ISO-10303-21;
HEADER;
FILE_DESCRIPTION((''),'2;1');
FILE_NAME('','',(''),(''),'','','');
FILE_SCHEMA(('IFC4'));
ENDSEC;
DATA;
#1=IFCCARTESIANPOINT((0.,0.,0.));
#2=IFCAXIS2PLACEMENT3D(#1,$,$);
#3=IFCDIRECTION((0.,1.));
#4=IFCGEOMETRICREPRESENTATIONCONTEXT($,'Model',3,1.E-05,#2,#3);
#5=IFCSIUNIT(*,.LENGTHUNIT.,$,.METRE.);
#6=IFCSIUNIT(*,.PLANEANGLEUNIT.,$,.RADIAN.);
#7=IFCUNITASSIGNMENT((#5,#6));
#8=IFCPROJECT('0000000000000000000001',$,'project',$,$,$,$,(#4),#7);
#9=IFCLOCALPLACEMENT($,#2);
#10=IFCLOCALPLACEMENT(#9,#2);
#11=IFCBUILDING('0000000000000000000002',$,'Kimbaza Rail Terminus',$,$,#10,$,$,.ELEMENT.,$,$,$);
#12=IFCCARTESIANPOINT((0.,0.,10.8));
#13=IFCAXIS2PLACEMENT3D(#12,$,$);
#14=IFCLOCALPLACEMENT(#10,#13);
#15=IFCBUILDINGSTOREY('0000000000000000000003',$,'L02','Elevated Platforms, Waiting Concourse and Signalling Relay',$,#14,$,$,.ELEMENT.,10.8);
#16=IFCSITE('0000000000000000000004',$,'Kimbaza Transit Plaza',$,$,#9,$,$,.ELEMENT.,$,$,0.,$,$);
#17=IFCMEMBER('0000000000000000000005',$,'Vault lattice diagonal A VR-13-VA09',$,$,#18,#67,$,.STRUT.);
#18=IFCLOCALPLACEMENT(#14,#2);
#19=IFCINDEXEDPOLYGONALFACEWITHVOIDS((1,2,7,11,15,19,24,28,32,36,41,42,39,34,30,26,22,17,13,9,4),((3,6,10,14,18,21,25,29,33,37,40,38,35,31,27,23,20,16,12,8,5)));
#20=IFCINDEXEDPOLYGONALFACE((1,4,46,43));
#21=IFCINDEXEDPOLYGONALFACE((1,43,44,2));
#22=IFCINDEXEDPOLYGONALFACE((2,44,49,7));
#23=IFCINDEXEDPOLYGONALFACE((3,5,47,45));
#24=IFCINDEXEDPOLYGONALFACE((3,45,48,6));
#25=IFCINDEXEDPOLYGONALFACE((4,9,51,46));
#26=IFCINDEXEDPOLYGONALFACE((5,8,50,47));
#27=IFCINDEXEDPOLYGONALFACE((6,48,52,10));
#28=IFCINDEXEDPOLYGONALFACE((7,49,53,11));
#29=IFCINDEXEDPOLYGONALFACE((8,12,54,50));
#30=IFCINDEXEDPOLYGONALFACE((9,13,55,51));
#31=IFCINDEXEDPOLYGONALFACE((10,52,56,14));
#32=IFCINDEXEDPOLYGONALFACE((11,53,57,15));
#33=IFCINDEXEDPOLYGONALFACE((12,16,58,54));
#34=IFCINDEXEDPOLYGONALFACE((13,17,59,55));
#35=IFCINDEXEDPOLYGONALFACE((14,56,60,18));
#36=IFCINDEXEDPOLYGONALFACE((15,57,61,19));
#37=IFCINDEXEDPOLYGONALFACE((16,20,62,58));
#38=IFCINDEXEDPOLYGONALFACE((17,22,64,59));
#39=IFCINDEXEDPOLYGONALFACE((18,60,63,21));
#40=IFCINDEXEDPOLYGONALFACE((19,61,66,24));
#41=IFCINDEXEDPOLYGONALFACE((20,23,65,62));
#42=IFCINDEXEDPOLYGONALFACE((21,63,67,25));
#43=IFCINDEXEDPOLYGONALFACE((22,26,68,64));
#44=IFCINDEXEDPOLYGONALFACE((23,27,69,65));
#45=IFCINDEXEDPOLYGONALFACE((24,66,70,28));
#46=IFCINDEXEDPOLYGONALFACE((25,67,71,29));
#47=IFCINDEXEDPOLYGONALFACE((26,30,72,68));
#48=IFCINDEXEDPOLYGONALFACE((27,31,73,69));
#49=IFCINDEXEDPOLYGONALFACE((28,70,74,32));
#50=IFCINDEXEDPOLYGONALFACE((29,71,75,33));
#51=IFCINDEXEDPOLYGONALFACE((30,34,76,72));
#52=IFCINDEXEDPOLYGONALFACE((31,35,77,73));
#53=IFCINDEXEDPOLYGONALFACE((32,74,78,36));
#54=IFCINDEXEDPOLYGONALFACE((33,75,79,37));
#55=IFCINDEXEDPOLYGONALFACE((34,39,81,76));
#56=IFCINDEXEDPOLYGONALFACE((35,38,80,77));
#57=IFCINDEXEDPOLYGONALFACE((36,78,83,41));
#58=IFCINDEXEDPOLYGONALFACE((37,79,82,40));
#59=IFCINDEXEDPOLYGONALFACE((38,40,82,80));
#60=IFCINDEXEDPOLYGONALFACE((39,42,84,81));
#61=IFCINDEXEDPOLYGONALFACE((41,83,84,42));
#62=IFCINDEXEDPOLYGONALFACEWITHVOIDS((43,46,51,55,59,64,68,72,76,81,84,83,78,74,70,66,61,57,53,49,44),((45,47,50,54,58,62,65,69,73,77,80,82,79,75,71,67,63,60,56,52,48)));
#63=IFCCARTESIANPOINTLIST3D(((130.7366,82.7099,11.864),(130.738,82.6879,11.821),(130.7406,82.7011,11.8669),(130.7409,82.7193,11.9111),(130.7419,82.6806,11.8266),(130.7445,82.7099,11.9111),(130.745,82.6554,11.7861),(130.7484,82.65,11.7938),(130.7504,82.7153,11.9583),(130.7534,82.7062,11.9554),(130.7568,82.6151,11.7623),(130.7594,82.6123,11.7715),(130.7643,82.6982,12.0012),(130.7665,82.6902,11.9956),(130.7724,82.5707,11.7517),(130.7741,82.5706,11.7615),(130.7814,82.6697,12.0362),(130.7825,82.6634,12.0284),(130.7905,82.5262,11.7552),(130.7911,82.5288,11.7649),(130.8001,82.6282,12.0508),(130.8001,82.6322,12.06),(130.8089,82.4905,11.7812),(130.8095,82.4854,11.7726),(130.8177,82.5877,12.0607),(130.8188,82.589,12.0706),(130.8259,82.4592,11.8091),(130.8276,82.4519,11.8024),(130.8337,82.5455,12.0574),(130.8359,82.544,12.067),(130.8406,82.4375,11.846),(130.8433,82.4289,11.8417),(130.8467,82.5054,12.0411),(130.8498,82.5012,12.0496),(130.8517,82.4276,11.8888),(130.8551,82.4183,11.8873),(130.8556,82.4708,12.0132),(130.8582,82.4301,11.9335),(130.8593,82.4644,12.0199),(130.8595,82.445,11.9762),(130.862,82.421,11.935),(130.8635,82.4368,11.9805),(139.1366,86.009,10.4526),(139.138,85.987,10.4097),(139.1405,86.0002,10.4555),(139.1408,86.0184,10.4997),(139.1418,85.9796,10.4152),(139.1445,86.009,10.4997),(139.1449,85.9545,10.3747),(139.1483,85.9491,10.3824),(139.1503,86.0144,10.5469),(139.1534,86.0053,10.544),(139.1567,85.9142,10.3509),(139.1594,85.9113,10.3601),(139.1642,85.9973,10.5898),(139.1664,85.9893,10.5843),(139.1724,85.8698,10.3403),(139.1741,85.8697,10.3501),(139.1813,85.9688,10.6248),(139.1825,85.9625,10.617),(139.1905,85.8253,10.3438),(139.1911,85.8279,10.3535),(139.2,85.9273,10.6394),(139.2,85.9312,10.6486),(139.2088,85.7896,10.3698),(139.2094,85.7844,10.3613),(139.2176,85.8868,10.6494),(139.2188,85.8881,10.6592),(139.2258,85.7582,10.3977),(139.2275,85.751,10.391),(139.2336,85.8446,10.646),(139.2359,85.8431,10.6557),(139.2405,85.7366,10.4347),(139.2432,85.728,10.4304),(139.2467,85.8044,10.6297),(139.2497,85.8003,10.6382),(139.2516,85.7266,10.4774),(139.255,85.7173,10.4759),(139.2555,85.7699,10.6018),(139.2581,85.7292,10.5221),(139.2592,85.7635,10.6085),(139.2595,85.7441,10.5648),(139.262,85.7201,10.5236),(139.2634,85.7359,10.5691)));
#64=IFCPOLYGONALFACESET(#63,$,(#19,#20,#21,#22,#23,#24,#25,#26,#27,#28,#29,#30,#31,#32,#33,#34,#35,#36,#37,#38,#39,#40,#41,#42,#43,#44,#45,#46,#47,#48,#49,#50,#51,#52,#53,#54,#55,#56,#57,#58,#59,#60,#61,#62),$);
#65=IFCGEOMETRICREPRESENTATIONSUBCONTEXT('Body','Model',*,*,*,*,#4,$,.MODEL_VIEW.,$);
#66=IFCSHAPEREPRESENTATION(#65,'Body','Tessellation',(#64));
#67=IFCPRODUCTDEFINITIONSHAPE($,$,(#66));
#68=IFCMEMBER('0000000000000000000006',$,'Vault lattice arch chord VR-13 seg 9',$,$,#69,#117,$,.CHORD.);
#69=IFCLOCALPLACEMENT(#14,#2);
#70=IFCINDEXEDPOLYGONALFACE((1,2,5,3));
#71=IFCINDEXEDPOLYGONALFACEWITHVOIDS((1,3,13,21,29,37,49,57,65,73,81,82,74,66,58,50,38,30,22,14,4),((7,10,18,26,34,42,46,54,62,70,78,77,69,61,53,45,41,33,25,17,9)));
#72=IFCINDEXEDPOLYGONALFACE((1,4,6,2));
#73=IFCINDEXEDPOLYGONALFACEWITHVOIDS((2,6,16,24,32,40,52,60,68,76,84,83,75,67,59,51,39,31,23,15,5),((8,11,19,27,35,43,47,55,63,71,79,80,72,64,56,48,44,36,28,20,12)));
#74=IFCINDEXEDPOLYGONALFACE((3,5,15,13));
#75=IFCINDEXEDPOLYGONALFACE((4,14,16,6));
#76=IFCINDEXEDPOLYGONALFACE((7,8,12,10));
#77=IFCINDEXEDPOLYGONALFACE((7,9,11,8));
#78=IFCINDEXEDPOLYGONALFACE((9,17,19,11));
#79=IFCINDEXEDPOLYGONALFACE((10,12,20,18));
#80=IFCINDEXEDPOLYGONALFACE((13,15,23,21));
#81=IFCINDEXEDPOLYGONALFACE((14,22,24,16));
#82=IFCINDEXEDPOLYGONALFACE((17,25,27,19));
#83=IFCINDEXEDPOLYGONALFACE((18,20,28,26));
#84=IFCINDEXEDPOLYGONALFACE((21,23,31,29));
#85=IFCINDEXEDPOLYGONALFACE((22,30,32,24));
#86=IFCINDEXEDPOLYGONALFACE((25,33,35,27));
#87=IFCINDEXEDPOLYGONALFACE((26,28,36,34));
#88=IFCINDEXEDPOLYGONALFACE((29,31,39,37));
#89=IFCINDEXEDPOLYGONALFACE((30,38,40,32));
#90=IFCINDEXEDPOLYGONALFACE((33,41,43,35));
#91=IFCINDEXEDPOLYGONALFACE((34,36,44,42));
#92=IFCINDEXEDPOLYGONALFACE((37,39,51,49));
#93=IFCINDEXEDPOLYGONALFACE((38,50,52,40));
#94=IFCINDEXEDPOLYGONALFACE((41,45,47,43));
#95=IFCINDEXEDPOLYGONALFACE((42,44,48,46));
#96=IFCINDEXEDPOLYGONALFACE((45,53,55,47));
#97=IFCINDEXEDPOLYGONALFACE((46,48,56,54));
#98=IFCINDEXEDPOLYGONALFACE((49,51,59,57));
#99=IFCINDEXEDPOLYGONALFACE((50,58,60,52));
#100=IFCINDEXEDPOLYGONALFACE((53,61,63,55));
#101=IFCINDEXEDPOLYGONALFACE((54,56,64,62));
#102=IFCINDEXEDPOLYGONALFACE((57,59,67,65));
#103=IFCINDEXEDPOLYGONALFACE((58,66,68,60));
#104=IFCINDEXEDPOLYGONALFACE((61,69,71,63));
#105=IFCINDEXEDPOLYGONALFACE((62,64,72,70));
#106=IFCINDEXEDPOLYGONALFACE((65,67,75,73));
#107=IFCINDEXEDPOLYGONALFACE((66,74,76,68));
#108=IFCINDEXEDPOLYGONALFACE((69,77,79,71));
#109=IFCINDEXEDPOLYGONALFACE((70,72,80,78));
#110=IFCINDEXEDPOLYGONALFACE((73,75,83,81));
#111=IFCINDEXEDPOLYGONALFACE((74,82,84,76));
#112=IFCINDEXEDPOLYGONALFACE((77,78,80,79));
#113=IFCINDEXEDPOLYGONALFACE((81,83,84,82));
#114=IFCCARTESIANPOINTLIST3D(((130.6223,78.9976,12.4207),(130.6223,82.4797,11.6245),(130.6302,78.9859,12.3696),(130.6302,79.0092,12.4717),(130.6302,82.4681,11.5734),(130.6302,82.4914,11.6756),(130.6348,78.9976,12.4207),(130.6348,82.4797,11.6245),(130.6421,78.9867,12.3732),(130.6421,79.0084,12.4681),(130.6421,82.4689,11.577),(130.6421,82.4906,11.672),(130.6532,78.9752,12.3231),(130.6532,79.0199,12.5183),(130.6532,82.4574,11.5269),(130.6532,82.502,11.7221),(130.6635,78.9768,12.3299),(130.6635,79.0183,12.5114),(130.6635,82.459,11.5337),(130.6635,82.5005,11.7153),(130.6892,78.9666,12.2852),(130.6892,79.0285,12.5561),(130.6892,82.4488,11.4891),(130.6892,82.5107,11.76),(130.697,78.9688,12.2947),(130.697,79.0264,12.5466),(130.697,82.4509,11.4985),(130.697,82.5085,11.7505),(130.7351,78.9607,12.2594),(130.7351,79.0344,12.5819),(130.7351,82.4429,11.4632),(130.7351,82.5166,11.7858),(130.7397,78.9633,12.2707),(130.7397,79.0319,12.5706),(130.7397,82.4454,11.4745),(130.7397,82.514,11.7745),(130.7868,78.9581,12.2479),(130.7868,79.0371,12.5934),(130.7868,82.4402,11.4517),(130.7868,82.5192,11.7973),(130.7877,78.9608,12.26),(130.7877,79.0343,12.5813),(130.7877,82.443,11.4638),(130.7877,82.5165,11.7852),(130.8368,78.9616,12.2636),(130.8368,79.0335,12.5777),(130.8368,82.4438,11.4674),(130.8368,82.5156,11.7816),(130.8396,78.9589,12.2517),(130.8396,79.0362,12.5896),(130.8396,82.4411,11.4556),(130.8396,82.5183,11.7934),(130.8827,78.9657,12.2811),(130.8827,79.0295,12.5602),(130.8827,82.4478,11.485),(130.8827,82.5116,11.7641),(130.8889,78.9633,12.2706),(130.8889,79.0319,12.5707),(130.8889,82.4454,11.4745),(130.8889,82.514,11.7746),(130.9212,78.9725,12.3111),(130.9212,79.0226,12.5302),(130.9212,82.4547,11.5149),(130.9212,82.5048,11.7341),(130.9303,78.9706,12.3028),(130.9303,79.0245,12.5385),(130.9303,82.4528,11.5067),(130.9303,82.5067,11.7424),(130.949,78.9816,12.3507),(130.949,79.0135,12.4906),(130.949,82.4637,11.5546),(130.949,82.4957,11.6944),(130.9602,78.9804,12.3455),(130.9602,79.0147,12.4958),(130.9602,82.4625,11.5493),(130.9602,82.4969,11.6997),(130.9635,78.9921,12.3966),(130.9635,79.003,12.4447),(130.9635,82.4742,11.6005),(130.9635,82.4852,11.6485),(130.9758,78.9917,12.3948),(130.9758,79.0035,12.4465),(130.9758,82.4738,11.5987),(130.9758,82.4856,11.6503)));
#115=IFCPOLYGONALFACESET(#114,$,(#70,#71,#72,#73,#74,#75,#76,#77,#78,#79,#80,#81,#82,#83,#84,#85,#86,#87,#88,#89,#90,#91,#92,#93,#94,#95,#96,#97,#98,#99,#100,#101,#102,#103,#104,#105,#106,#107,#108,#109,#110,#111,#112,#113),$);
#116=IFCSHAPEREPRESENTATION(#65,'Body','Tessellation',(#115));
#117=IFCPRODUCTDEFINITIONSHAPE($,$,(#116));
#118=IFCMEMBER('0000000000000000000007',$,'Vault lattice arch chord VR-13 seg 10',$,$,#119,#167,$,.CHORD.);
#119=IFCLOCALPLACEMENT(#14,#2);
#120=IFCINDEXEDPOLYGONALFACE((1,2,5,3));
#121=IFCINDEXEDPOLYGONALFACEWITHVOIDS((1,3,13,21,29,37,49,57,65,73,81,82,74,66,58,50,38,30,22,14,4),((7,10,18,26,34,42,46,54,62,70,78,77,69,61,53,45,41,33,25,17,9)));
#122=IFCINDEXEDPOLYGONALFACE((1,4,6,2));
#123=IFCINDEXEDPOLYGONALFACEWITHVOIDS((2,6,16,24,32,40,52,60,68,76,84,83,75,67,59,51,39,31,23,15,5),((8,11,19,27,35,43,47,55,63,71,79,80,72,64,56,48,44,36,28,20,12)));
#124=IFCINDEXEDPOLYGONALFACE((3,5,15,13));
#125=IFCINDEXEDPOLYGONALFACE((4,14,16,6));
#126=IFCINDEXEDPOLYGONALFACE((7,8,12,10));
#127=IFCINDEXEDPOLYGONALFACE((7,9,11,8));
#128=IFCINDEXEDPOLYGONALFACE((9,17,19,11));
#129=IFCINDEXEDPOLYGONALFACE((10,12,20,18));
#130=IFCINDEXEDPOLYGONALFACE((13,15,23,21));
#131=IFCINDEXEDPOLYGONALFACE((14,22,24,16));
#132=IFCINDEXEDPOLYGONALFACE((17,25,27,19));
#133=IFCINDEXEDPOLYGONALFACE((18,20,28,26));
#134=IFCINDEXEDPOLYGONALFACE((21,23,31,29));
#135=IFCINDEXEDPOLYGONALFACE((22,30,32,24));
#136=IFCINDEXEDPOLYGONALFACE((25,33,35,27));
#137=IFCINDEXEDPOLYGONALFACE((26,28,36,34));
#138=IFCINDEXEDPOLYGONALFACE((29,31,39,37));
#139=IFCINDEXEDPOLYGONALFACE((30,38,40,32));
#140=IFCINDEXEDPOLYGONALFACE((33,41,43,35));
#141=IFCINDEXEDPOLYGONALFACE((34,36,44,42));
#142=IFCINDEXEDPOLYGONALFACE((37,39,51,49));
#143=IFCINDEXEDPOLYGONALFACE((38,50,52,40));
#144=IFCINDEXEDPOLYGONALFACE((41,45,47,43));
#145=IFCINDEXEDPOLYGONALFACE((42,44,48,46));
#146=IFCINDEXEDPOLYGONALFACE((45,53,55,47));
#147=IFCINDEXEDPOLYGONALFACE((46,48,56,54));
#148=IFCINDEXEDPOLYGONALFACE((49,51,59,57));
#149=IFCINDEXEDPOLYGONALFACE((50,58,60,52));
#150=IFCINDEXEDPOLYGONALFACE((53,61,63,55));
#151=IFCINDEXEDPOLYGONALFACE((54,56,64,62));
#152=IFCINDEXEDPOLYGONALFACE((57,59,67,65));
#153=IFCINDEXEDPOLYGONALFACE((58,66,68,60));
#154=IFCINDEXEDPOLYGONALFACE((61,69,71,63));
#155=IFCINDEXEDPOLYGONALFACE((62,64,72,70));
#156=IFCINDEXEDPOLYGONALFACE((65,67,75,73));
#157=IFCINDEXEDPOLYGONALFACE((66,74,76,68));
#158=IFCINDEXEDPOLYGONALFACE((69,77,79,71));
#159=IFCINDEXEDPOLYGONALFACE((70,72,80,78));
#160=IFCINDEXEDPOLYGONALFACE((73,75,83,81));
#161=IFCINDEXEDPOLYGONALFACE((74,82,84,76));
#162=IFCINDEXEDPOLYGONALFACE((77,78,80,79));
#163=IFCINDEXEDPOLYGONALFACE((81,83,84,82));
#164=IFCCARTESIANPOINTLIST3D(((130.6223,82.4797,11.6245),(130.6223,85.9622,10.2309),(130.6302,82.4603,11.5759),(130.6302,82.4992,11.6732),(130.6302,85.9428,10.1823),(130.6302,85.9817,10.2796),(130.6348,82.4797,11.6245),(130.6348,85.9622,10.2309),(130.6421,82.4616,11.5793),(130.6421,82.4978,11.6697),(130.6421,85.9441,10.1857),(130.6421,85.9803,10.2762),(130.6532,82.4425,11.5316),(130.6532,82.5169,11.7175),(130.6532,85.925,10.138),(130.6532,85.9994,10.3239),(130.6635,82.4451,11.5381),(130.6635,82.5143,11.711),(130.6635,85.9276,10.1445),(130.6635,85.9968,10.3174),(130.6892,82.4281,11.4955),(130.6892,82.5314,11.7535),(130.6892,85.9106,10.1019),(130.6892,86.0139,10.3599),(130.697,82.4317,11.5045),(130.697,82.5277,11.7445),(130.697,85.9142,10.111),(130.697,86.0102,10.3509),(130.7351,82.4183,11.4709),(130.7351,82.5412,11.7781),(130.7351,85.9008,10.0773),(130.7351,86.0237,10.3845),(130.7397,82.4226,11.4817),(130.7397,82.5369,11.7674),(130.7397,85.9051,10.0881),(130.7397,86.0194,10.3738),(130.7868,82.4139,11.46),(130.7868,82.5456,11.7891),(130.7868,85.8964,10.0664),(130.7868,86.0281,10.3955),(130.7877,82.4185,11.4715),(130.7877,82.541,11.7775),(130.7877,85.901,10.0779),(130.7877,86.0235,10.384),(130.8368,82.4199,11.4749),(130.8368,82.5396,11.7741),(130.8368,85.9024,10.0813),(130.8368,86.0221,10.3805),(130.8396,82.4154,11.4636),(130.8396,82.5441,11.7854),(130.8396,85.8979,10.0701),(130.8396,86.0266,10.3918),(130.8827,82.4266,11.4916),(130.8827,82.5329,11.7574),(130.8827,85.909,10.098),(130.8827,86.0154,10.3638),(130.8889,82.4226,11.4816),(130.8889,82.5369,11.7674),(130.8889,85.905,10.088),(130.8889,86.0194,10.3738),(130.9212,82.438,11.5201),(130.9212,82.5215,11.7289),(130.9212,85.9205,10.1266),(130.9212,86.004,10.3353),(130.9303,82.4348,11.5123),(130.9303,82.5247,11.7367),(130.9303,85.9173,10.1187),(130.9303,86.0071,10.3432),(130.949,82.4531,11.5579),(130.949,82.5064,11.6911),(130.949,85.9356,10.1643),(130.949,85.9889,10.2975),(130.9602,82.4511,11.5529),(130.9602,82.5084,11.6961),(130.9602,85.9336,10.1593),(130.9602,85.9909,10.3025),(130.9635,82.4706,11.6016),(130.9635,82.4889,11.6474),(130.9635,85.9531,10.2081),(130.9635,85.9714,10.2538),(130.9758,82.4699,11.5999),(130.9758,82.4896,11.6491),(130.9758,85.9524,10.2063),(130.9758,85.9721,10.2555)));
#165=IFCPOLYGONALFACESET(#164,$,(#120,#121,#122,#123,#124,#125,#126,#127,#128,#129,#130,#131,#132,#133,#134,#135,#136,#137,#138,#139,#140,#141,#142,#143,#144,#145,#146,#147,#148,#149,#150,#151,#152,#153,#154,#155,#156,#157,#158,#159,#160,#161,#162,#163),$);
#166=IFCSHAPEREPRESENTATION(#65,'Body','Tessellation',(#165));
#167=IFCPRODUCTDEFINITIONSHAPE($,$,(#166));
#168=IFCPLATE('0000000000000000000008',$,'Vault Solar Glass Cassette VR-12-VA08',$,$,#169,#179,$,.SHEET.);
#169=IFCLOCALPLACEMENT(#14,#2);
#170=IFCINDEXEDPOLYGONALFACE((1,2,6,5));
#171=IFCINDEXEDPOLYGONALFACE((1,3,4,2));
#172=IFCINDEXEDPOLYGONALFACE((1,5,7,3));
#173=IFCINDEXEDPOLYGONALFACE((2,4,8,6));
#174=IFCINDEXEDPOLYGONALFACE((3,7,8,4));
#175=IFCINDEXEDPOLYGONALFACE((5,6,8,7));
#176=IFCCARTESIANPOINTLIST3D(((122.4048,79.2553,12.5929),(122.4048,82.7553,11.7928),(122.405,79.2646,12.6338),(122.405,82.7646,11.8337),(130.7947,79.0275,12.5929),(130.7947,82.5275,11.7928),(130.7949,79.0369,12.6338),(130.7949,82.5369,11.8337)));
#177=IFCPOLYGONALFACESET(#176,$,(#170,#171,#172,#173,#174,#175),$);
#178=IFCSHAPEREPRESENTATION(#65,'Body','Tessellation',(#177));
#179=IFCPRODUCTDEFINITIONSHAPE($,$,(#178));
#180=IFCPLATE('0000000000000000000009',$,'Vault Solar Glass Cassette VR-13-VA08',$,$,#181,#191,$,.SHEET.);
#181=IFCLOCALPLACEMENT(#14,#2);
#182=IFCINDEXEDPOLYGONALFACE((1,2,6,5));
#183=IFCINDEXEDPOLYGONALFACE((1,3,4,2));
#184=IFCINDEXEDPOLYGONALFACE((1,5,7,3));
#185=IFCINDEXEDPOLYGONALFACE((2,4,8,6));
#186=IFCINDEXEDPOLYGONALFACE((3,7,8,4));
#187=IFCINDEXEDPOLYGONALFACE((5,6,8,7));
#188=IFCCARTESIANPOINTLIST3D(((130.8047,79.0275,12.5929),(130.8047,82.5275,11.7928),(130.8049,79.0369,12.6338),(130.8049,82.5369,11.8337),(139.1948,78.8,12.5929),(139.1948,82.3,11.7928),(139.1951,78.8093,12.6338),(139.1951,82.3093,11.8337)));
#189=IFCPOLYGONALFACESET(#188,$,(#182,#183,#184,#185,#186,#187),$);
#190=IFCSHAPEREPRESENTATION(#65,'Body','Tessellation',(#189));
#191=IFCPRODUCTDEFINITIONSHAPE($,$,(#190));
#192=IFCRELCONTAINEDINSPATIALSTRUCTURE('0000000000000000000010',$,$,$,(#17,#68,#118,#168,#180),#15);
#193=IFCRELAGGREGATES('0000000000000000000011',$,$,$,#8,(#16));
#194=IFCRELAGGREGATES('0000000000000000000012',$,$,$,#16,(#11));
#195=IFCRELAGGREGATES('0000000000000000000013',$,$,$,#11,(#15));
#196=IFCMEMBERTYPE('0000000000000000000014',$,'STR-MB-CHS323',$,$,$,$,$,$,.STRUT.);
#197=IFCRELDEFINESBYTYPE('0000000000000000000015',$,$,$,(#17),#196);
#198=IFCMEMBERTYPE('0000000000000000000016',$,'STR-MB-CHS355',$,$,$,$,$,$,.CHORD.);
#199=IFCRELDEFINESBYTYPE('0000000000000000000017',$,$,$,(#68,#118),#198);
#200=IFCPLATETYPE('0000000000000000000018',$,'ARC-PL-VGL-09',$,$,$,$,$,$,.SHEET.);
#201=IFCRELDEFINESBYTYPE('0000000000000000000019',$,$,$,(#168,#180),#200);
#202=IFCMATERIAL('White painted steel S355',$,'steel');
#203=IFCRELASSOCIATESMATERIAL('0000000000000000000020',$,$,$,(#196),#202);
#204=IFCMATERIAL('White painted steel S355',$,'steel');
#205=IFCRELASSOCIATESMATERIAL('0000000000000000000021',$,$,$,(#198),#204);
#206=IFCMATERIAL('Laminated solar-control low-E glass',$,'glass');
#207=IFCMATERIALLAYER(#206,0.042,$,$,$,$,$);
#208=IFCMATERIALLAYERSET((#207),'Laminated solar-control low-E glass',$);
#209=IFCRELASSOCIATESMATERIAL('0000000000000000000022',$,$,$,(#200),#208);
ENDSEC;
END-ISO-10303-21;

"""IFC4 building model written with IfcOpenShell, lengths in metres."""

from ifc_helpers import new_model, si_unit, direction, frame, origin, origin_2d, place, context, subcontext, project, spatial, polyline, hollow_circle, outline, extrude, material, layer, layer_set, material_profile, profile_set, type_object, element, save


model = new_model("IFC4")

# Units and contexts
model_context = context("Model", 3, precision=1e-05, world=origin(), true_north=direction((0.0, 1.0)))
body_context = subcontext(model_context, "Body", "Model", "MODEL_VIEW")
ifc_project = project(units=[si_unit("LENGTHUNIT", "METRE"), si_unit("PLANEANGLEUNIT", "RADIAN")], contexts=[model_context])

# Site, building, storey
site_placement = place(None, origin())
site = spatial("IfcSite", under=ifc_project, at=site_placement, Name="Kimbaza Transit Plaza", CompositionType="ELEMENT", RefElevation=0.0)
building_placement = place(site_placement, origin())
building = spatial("IfcBuilding", under=site, at=building_placement, Name="Kimbaza Rail Terminus", CompositionType="ELEMENT")
storey_placement = place(building_placement, frame((0.0, 0.0, 10.8)))
storey = spatial("IfcBuildingStorey", under=building, at=storey_placement, Name="L02", Description="Elevated Platforms, Waiting Concourse and Signalling Relay", CompositionType="ELEMENT", Elevation=10.8)

# Members
ifc_material_1 = material(Name="White painted steel S355", Category="steel")
ifc_material_profile_1 = material_profile(ifc_material_1, hollow_circle(Radius=0.1619, WallThickness=0.01, at=origin_2d()), Name="CHS 323.9x10")
ifc_profile_set_1 = profile_set([ifc_material_profile_1], Name="White painted steel S355")
member_type_1 = type_object("IfcMemberType", Name="STR-MB-CHS323", PredefinedType="STRUT", material=ifc_profile_set_1)
member_1_placement = place(storey_placement, frame((130.8, 82.5686, 11.9111), z_axis=(0.919607, 0.361177, -0.154515), x_axis=(-0.365567, 0.930785, 0.0)))
element("IfcMember", 1, at=member_1_placement, inside=storey, type_object=member_type_1, Name="Vault lattice diagonal A VR-13-VA09", PredefinedType="STRUT", context=body_context, shape_type="SweptSolid", body=[
    extrude(hollow_circle(Radius=0.1619, WallThickness=0.01, at=origin_2d()), origin(), (0.0, 0.0, 1.0), 9.1343),
])
ifc_material_2 = material(Name="White painted steel S355", Category="steel")
ifc_material_profile_2 = material_profile(ifc_material_2, hollow_circle(Radius=0.1777, WallThickness=0.0125, at=origin_2d()), Name="CHS 355.6x12.5")
ifc_profile_set_2 = profile_set([ifc_material_profile_2], Name="White painted steel S355")
member_type_2 = type_object("IfcMemberType", Name="STR-MB-CHS355", PredefinedType="CHORD", material=ifc_profile_set_2)
member_2_placement = place(storey_placement, frame((130.8, 78.9976, 12.4207), z_axis=(0.0, 0.974845, -0.222882), x_axis=(-1.0, 0.0, 0.0)))
element("IfcMember", 2, at=member_2_placement, inside=storey, type_object=member_type_2, Name="Vault lattice arch chord VR-13 seg 9", PredefinedType="CHORD", context=body_context, shape_type="SweptSolid", body=[
    extrude(hollow_circle(Radius=0.1777, WallThickness=0.0125, at=origin_2d()), origin(), (0.0, 0.0, 1.0), 3.572),
])
member_3_placement = place(storey_placement, frame((130.8, 82.4797, 11.6245), z_axis=(0.0, 0.928423, -0.371525), x_axis=(-1.0, 0.0, 0.0)))
element("IfcMember", 3, at=member_3_placement, inside=storey, type_object=member_type_2, Name="Vault lattice arch chord VR-13 seg 10", PredefinedType="CHORD", context=body_context, shape_type="SweptSolid", body=[
    extrude(hollow_circle(Radius=0.1777, WallThickness=0.0125, at=origin_2d()), origin(), (0.0, 0.0, 1.0), 3.751),
])

# Plates
ifc_material_3 = material(Name="Laminated solar-control low-E glass", Category="glass")
ifc_layer_1 = layer(ifc_material_3, 0.042)
ifc_layer_set_1 = layer_set([ifc_layer_1], Name="Laminated solar-control low-E glass")
plate_type_1 = type_object("IfcPlateType", Name="ARC-PL-VGL-09", PredefinedType="SHEET", material=ifc_layer_set_1)
plate_1_placement = place(storey_placement, frame((122.405, 79.2646, 12.6338), z_axis=(0.00605, 0.222834, 0.974838), x_axis=(0.999632, -0.02714, 0.0)))
element("IfcPlate", 4, at=plate_1_placement, inside=storey, type_object=plate_type_1, Name="Vault Solar Glass Cassette VR-12-VA08", PredefinedType="SHEET", context=body_context, shape_type="SweptSolid", body=[
    extrude(outline(polyline([(0.0, 0.0), (8.393, 0.0), (8.298, 3.589), (-0.095, 3.589), (0.0, 0.0)])), origin(), (0.0, 0.0, -1.0), 0.042),
])
plate_2_placement = place(storey_placement, frame((130.8049, 79.0369, 12.6338), z_axis=(0.006043, 0.222834, 0.974838), x_axis=(0.999632, -0.02711, 0.0)))
element("IfcPlate", 5, at=plate_2_placement, inside=storey, type_object=plate_type_1, Name="Vault Solar Glass Cassette VR-13-VA08", PredefinedType="SHEET", context=body_context, shape_type="SweptSolid", body=[
    extrude(outline(polyline([(0.0, 0.0), (8.3932, 0.0), (8.2983, 3.589), (-0.0949, 3.589), (0.0, 0.0)])), origin(), (0.0, 0.0, -1.0), 0.042),
])

save(model, "model.ifc")
